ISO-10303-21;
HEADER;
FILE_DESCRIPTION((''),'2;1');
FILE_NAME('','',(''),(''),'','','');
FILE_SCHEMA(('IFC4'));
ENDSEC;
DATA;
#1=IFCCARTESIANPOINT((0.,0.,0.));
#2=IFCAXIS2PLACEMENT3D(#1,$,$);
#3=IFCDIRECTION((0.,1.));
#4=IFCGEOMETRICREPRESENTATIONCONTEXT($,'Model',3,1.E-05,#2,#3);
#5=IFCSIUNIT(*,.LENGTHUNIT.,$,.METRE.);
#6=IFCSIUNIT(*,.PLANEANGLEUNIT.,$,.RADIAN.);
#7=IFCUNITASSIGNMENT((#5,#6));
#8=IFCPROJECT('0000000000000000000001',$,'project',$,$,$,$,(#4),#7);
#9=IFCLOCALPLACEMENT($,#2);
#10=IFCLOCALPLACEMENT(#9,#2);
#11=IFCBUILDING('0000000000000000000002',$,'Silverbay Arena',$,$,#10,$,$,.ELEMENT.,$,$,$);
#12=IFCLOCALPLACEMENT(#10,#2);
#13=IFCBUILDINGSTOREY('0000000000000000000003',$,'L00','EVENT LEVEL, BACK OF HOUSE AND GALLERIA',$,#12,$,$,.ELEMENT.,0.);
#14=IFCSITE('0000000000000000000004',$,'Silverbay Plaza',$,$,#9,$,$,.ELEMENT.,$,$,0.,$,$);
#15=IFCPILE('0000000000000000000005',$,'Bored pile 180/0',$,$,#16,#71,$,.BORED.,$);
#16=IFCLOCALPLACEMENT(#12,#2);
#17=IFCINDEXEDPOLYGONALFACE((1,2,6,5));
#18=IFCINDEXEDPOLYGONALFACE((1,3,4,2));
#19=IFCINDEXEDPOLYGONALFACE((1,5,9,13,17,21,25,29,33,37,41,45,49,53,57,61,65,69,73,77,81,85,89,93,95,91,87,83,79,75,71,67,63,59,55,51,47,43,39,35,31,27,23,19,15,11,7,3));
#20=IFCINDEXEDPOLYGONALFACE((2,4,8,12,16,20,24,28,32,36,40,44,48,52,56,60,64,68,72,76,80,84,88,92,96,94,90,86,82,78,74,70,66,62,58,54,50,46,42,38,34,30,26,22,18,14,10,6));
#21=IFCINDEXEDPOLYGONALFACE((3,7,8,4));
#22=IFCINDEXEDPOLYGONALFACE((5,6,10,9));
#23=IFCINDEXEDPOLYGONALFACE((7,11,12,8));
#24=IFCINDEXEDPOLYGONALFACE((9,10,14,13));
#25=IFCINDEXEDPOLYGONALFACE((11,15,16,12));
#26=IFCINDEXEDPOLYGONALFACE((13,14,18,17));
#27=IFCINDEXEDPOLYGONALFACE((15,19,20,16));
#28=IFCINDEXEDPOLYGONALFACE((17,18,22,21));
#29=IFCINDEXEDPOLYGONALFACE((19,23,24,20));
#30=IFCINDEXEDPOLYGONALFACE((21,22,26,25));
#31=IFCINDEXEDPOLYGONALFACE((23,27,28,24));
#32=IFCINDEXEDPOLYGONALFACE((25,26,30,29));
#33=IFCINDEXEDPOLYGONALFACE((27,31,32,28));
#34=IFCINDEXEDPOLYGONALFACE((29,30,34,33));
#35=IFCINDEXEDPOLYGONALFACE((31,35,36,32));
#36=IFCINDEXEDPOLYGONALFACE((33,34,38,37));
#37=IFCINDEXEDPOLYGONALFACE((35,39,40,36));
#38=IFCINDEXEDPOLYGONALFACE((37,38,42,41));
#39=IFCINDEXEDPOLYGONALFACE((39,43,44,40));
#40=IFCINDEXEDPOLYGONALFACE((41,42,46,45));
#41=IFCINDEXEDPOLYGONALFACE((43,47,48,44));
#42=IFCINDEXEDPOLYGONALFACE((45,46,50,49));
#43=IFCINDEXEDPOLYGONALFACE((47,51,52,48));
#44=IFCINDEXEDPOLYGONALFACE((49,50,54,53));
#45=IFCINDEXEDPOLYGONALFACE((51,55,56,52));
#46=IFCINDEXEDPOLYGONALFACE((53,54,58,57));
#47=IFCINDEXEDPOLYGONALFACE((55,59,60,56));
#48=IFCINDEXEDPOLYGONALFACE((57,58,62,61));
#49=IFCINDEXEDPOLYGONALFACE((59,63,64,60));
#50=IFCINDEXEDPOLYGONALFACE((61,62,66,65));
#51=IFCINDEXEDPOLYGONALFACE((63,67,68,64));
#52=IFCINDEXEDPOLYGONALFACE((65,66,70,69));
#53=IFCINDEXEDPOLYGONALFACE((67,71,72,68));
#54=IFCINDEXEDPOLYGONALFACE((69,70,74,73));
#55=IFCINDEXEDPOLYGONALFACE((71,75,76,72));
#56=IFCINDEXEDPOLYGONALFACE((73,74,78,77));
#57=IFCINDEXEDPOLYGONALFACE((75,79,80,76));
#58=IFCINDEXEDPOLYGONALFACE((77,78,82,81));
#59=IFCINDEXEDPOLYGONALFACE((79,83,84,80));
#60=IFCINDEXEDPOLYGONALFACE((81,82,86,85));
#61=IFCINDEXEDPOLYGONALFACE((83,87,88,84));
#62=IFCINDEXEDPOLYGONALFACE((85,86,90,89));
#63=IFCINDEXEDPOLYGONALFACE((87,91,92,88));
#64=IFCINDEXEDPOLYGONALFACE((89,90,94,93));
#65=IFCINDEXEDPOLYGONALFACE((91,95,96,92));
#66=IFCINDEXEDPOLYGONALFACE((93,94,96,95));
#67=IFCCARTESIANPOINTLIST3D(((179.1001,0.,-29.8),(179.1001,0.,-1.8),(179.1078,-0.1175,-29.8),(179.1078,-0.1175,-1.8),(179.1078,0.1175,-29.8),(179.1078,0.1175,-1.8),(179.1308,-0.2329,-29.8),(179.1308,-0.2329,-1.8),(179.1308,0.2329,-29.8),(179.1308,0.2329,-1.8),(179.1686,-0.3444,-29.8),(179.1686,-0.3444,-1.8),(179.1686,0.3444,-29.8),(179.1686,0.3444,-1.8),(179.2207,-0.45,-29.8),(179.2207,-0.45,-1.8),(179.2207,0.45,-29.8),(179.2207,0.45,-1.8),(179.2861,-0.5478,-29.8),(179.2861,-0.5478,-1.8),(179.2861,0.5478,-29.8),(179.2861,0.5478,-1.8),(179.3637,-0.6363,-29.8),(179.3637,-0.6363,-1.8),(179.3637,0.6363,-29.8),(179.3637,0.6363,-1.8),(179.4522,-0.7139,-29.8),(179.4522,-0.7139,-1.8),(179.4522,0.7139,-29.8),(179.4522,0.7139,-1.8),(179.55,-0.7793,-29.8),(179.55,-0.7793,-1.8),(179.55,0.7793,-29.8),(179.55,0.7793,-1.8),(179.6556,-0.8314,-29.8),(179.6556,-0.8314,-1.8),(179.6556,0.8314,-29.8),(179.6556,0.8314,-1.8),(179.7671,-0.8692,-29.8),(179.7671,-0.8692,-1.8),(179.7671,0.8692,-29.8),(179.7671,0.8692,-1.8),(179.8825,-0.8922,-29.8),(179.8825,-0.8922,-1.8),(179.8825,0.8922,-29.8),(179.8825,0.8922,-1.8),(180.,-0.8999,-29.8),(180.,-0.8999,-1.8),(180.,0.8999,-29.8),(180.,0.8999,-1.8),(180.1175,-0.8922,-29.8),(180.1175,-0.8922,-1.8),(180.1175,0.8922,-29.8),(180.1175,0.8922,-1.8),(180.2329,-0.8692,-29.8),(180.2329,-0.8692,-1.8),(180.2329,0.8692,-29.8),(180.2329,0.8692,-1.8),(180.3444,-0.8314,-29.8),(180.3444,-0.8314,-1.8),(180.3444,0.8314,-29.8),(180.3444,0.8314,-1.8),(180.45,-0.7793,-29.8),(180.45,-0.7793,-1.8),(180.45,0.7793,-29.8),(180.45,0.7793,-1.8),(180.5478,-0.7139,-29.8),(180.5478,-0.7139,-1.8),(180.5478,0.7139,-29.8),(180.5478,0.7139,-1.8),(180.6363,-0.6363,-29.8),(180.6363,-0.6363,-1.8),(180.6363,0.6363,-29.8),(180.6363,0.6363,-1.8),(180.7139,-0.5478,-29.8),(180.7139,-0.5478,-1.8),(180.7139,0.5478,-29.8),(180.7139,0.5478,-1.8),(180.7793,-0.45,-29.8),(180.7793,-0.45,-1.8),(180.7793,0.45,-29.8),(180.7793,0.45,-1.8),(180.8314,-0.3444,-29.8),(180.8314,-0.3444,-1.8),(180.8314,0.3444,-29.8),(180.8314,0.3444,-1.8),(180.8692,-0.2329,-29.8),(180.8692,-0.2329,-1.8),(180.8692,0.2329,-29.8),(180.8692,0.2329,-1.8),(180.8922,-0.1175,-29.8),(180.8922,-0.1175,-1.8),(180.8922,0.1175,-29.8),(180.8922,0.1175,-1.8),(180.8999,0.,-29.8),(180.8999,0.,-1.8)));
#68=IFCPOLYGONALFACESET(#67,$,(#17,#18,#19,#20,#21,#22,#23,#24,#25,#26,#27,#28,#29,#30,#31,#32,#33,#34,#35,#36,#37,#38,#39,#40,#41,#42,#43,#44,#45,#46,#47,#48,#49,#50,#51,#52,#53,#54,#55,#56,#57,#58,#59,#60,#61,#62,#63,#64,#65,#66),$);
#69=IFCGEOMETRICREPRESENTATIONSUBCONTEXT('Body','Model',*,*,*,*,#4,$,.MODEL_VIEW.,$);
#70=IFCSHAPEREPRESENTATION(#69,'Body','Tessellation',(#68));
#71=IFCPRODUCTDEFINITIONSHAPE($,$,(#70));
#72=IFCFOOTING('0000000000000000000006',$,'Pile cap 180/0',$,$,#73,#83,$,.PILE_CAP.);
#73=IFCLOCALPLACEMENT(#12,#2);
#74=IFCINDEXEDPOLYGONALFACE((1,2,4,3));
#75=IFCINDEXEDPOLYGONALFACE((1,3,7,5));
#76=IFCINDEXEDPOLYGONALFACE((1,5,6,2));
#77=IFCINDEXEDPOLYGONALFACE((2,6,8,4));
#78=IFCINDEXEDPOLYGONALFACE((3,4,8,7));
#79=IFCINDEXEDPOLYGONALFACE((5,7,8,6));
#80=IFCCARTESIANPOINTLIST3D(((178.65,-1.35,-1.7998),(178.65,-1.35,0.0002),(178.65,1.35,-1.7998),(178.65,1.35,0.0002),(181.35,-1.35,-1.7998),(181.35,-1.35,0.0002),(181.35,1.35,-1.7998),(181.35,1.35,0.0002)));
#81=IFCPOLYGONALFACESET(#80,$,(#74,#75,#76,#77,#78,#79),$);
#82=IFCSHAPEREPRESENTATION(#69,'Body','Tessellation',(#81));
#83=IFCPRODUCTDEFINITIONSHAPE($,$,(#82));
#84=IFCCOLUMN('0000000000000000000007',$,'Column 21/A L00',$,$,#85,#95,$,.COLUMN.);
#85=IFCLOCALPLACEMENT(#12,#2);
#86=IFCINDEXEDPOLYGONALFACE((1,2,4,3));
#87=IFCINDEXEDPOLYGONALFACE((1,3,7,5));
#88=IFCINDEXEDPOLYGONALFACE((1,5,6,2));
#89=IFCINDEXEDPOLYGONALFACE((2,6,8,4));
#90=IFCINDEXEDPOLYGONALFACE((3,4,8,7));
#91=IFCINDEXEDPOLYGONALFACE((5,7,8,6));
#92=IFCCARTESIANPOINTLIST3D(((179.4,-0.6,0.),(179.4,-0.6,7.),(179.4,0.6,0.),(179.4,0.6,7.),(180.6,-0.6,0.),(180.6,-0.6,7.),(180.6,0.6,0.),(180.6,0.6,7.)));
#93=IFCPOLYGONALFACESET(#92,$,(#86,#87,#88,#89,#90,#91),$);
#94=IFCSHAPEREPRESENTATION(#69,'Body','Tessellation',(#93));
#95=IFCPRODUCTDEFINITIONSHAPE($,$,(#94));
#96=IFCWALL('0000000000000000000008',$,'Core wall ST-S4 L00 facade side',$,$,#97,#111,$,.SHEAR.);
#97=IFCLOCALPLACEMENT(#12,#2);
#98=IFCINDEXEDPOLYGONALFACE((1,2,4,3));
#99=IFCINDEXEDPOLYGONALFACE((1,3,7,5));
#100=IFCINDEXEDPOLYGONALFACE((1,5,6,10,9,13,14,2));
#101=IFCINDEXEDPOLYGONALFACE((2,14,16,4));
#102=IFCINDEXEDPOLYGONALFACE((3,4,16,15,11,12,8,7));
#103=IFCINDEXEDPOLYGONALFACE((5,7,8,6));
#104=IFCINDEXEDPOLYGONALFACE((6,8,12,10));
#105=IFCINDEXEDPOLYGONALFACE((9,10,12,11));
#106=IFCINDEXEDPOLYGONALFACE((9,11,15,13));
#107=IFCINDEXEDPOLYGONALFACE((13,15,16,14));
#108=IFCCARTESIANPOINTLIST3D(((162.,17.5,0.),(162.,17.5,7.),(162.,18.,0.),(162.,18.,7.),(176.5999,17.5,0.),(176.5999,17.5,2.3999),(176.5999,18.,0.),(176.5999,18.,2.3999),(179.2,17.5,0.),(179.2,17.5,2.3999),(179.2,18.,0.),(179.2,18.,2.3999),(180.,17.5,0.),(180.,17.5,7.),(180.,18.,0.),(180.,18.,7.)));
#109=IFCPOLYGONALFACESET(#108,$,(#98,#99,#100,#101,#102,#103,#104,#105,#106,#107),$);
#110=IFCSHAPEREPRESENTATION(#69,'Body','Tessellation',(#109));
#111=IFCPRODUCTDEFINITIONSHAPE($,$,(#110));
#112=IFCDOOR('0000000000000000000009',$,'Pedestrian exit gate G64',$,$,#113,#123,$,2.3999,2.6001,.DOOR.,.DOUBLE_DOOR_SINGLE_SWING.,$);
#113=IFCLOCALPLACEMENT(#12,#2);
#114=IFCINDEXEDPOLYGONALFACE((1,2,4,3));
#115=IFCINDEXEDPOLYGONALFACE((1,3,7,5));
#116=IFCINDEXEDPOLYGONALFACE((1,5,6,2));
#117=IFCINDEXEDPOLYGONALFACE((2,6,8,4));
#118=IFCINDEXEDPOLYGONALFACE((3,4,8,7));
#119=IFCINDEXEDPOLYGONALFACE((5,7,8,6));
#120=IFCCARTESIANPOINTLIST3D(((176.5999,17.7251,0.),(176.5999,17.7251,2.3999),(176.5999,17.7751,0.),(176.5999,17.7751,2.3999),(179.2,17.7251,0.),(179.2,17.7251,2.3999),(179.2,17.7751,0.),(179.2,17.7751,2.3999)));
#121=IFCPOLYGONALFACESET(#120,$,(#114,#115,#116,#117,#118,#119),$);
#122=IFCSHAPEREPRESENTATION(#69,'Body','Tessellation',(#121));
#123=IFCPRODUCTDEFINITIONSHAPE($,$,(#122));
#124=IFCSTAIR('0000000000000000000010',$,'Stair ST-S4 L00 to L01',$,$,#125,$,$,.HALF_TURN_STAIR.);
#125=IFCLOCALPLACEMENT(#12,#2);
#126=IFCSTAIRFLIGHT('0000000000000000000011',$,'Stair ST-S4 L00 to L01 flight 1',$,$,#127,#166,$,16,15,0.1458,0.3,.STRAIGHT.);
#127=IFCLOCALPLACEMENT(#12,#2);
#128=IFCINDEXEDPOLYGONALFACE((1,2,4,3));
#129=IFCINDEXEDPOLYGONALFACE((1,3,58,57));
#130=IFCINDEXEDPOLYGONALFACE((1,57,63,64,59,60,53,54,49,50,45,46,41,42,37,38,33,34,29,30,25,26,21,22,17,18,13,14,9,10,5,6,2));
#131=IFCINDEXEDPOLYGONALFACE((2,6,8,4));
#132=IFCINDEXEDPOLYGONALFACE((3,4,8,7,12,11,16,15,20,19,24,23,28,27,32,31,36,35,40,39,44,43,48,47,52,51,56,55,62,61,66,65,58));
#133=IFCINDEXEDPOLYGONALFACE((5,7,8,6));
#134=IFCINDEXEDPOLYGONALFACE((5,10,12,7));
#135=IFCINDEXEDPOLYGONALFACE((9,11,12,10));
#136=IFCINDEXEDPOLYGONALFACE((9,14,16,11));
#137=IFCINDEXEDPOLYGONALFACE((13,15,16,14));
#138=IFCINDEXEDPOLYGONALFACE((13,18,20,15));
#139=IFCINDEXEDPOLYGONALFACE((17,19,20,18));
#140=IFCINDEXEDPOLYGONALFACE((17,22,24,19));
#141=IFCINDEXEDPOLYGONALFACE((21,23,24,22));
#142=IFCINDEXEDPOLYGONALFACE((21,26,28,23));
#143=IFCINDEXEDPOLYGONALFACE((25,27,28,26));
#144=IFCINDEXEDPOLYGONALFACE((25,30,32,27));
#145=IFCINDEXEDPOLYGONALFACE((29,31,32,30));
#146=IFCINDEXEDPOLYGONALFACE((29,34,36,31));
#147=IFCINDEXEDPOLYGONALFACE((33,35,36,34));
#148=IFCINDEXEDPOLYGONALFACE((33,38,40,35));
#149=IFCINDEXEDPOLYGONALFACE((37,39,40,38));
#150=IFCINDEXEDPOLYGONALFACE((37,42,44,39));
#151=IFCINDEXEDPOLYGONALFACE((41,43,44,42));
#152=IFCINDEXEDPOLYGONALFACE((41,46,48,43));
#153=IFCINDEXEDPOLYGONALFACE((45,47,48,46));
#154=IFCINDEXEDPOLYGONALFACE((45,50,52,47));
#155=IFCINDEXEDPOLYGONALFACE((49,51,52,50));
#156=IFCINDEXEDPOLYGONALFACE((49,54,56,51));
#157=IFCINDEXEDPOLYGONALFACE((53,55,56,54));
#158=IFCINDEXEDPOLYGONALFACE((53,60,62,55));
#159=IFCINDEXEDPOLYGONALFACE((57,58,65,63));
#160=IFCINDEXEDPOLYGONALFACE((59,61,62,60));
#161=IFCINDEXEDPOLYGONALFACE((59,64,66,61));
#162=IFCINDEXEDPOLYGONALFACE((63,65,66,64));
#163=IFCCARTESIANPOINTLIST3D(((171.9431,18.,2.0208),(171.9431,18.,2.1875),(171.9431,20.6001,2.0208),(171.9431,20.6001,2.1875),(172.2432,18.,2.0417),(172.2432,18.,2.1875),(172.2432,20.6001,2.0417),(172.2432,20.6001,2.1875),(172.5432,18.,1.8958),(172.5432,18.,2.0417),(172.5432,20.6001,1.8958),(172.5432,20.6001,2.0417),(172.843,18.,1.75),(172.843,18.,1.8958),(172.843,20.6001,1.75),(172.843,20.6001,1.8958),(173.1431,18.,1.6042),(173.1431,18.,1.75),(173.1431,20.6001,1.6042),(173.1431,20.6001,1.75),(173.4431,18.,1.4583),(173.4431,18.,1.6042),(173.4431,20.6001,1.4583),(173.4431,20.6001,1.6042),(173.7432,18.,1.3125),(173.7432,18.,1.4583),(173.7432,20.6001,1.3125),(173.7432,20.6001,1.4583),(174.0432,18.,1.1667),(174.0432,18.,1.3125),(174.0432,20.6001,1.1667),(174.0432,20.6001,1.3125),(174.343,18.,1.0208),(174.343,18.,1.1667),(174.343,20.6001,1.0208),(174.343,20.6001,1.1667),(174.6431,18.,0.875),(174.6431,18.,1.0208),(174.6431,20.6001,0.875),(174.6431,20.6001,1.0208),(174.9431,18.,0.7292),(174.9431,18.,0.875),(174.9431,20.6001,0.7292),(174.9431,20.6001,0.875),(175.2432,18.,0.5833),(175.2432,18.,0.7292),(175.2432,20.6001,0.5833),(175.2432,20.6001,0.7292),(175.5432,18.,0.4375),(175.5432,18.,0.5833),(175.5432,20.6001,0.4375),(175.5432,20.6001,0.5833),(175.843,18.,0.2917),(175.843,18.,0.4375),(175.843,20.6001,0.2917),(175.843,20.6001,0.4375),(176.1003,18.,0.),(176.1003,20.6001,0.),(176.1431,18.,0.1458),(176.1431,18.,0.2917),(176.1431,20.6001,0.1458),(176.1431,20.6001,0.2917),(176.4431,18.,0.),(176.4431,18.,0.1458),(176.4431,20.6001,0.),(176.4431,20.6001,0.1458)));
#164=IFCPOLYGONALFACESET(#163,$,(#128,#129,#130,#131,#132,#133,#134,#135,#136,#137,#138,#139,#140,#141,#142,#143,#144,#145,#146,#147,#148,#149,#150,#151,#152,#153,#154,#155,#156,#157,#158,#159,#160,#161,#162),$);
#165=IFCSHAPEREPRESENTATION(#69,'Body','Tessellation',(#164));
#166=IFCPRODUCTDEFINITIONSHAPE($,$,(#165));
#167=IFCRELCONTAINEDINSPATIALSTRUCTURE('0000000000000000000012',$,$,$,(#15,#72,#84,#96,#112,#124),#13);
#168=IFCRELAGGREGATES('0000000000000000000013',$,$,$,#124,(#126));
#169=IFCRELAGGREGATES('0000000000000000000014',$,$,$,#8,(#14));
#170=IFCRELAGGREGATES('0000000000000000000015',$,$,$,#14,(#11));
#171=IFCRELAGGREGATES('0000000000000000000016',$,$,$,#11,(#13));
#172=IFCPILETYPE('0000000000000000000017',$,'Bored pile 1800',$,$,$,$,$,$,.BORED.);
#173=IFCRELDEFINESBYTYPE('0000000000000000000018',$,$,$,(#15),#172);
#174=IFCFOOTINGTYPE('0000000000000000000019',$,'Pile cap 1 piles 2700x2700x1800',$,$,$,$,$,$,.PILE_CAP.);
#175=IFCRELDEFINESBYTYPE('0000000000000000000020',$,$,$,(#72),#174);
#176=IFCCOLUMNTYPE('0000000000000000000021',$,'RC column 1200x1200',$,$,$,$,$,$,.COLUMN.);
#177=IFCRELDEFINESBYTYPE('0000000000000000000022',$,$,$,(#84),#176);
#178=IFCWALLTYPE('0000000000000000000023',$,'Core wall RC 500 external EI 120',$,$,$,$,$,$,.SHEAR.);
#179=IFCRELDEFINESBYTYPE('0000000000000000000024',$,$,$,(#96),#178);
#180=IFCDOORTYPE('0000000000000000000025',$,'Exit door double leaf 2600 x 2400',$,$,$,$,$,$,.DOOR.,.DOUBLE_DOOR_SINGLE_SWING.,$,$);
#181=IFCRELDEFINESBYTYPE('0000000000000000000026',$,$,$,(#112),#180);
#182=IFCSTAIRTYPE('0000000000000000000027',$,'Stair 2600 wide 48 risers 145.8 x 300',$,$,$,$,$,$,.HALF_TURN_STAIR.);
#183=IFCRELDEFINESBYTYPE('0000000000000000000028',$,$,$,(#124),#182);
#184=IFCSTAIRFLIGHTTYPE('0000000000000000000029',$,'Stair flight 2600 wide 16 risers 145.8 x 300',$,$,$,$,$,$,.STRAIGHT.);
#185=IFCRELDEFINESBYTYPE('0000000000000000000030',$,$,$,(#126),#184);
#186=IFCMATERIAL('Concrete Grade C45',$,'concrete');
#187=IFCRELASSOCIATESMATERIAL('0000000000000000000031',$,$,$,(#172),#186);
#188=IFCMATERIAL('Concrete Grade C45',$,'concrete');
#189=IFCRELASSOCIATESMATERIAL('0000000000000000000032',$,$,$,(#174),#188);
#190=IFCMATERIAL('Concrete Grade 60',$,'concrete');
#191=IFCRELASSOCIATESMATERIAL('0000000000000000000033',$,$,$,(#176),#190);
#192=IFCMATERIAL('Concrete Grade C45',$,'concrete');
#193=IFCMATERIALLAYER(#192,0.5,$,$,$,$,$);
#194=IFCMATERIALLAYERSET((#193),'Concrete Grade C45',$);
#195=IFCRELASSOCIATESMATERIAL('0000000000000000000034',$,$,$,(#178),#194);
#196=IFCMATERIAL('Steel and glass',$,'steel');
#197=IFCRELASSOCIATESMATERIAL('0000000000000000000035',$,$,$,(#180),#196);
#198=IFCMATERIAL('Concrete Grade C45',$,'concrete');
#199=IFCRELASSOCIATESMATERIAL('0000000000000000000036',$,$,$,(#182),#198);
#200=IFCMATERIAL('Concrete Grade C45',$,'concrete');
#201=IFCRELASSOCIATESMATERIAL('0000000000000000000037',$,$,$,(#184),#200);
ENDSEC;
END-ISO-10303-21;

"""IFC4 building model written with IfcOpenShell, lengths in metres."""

from ifc_helpers import new_model, si_unit, direction, frame, frame_2d, origin, origin_2d, place, context, subcontext, project, spatial, polyline, rectangle, circle, outline, extrude, material, layer, layer_set, material_profile, profile_set, type_object, element, fill, aggregate, save


model = new_model("IFC4")

# Units and contexts
model_context = context("Model", 3, precision=1e-05, world=origin(), true_north=direction((0.0, 1.0)))
body_context = subcontext(model_context, "Body", "Model", "MODEL_VIEW")
ifc_project = project(units=[si_unit("LENGTHUNIT", "METRE"), si_unit("PLANEANGLEUNIT", "RADIAN")], contexts=[model_context])

# Site, building, storey
site_placement = place(None, origin())
site = spatial("IfcSite", under=ifc_project, at=site_placement, Name="Silverbay Plaza", CompositionType="ELEMENT", RefElevation=0.0)
building_placement = place(site_placement, origin())
building = spatial("IfcBuilding", under=site, at=building_placement, Name="Silverbay Arena", CompositionType="ELEMENT")
storey_placement = place(building_placement, origin())
storey = spatial("IfcBuildingStorey", under=building, at=storey_placement, Name="L00", Description="EVENT LEVEL, BACK OF HOUSE AND GALLERIA", CompositionType="ELEMENT", Elevation=0.0)

# Pile
ifc_material_1 = material(Name="Concrete Grade C45", Category="concrete")
ifc_material_profile_1 = material_profile(ifc_material_1, circle(Radius=0.8999, at=origin_2d()), Name="Bored pile 1800")
ifc_profile_set_1 = profile_set([ifc_material_profile_1], Name="Concrete Grade C45")
pile_type = type_object("IfcPileType", Name="Bored pile 1800", PredefinedType="BORED", material=ifc_profile_set_1)
pile_placement = place(storey_placement, frame((180.0, 0.0, -1.8), z_axis=(0.0, 0.0, -1.0), x_axis=(1.0, 0.0, 0.0)))
element("IfcPile", 1, at=pile_placement, inside=storey, type_object=pile_type, Name="Bored pile 180/0", PredefinedType="BORED", context=body_context, shape_type="SweptSolid", body=[
    extrude(circle(Radius=0.8999, at=origin_2d()), origin(), (0.0, 0.0, 1.0), 28.0),
])

# Footing
ifc_material_2 = material(Name="Concrete Grade C45", Category="concrete")
footing_type = type_object("IfcFootingType", Name="Pile cap 1 piles 2700x2700x1800", PredefinedType="PILE_CAP", material=ifc_material_2)
footing_placement = place(storey_placement, frame((180.0, 0.0, -1.7998), z_axis=(0.0, 0.0, 1.0), x_axis=(1.0, 0.0, 0.0)))
element("IfcFooting", 2, at=footing_placement, inside=storey, type_object=footing_type, Name="Pile cap 180/0", PredefinedType="PILE_CAP", context=body_context, shape_type="SweptSolid", body=[
    extrude(rectangle(XDim=2.7, YDim=2.7, at=origin_2d()), origin(), (0.0, 0.0, 1.0), 1.8),
])

# Column
ifc_material_3 = material(Name="Concrete Grade 60", Category="concrete")
ifc_material_profile_2 = material_profile(ifc_material_3, rectangle(XDim=1.2, YDim=1.2, at=origin_2d()), Name="RC 1200x1200")
ifc_profile_set_2 = profile_set([ifc_material_profile_2], Name="Concrete Grade 60")
column_type = type_object("IfcColumnType", Name="RC column 1200x1200", PredefinedType="COLUMN", material=ifc_profile_set_2)
column_placement = place(storey_placement, frame((180.0, 0.0, 0.0), z_axis=(0.0, 0.0, 1.0), x_axis=(1.0, 0.0, 0.0)))
element("IfcColumn", 3, at=column_placement, inside=storey, type_object=column_type, Name="Column 21/A L00", PredefinedType="COLUMN", context=body_context, shape_type="SweptSolid", body=[
    extrude(rectangle(XDim=1.2, YDim=1.2, at=origin_2d()), origin(), (0.0, 0.0, 1.0), 7.0),
])

# Wall, opening, door
ifc_material_4 = material(Name="Concrete Grade C45", Category="concrete")
ifc_layer_1 = layer(ifc_material_4, 0.5)
ifc_layer_set_1 = layer_set([ifc_layer_1], Name="Concrete Grade C45")
wall_type_1 = type_object("IfcWallType", Name="Core wall RC 500 external EI 120", PredefinedType="SHEAR", material=ifc_layer_set_1)
wall_1_placement = place(storey_placement, frame((180.0, 17.75, 0.0), z_axis=(0.0, 0.0, 1.0), x_axis=(-1.0, 0.0, 0.0)))
wall_1 = element("IfcWall", 4, at=wall_1_placement, inside=storey, type_object=wall_type_1, Name="Core wall ST-S4 L00 facade side", PredefinedType="SHEAR", context=body_context, shape_type="SweptSolid", body=[
    extrude(rectangle(XDim=18.0, YDim=0.5, at=frame_2d((9.0, 0.0))), origin(), (0.0, 0.0, 1.0), 7.0),
])
opening_1_placement = place(wall_1_placement, frame((0.8, 0.0, 0.0)))
opening_1 = element("IfcOpeningElement", 5, at=opening_1_placement, cuts=wall_1, PredefinedType="OPENING", context=body_context, shape_type="SweptSolid", body=[
    extrude(rectangle(XDim=2.6001, YDim=2.3999, at=frame_2d((1.3, 1.2))), frame((0.0, 0.26, 0.0), z_axis=(0.0, -1.0, 0.0), x_axis=(1.0, 0.0, 0.0)), (0.0, 0.0, 1.0), 0.52),
])
ifc_material_5 = material(Name="Steel and glass", Category="steel")
door_type_1 = type_object("IfcDoorType", Name="Exit door double leaf 2600 x 2400", OperationType="DOUBLE_DOOR_SINGLE_SWING", PredefinedType="DOOR", material=ifc_material_5)
door_1_placement = place(opening_1_placement, origin())
door_1 = element("IfcDoor", 6, at=door_1_placement, inside=storey, type_object=door_type_1, Name="Pedestrian exit gate G64", OperationType="DOUBLE_DOOR_SINGLE_SWING", OverallHeight=2.3999, OverallWidth=2.6001, PredefinedType="DOOR", context=body_context, shape_type="SweptSolid", body=[
    extrude(rectangle(XDim=2.6001, YDim=2.3999, at=frame_2d((1.3, 1.2))), frame((0.0, 0.0249, 0.0), z_axis=(0.0, -1.0, 0.0), x_axis=(1.0, 0.0, 0.0)), (0.0, 0.0, 1.0), 0.05),
])
fill(opening_1, door_1)

# Stair, stair flight
ifc_material_6 = material(Name="Concrete Grade C45", Category="concrete")
stair_type = type_object("IfcStairType", Name="Stair 2600 wide 48 risers 145.8 x 300", PredefinedType="HALF_TURN_STAIR", material=ifc_material_6)
stair_placement = place(storey_placement, origin())
stair = element("IfcStair", 7, at=stair_placement, inside=storey, type_object=stair_type, Name="Stair ST-S4 L00 to L01", PredefinedType="HALF_TURN_STAIR")
ifc_material_7 = material(Name="Concrete Grade C45", Category="concrete")
stair_flight_type = type_object("IfcStairFlightType", Name="Stair flight 2600 wide 16 risers 145.8 x 300", PredefinedType="STRAIGHT", material=ifc_material_7)
stair_flight_1_placement = place(storey_placement, frame((176.4431, 19.3, 0.0), z_axis=(0.0, 0.0, 1.0), x_axis=(-1.0, 0.0, 0.0)))
stair_flight_1 = element("IfcStairFlight", 8, at=stair_flight_1_placement, type_object=stair_flight_type, Name="Stair ST-S4 L00 to L01 flight 1", NumberOfRisers=16, NumberOfTreads=15, PredefinedType="STRAIGHT", RiserHeight=0.1458, TreadLength=0.3, context=body_context, shape_type="SweptSolid", body=[
    extrude(outline(polyline([(0.0, 0.0), (0.0, 0.1458), (0.3, 0.1458), (0.3, 0.2917), (0.6001, 0.2917), (0.6001, 0.4375), (0.8999, 0.4375), (0.8999, 0.5833), (1.2, 0.5833), (1.2, 0.7292), (1.5, 0.7292), (1.5, 0.875), (1.8, 0.875), (1.8, 1.0208), (2.1001, 1.0208), (2.1001, 1.1667), (2.3999, 1.1667), (2.3999, 1.3125), (2.7, 1.3125), (2.7, 1.4583), (3.0, 1.4583), (3.0, 1.6042), (3.3, 1.6042), (3.3, 1.75), (3.6001, 1.75), (3.6001, 1.8958), (3.8999, 1.8958), (3.8999, 2.0417), (4.2, 2.0417), (4.2, 2.1875), (4.5, 2.1875), (4.5, 2.0208), (0.3428, 0.0), (0.0, 0.0)])), frame((0.0, 1.3, 0.0), z_axis=(0.0, -1.0, 0.0), x_axis=(1.0, 0.0, 0.0)), (0.0, 0.0, 1.0), 2.6001),
])
aggregate(stair, [stair_flight_1])

save(model, "model.ifc")
